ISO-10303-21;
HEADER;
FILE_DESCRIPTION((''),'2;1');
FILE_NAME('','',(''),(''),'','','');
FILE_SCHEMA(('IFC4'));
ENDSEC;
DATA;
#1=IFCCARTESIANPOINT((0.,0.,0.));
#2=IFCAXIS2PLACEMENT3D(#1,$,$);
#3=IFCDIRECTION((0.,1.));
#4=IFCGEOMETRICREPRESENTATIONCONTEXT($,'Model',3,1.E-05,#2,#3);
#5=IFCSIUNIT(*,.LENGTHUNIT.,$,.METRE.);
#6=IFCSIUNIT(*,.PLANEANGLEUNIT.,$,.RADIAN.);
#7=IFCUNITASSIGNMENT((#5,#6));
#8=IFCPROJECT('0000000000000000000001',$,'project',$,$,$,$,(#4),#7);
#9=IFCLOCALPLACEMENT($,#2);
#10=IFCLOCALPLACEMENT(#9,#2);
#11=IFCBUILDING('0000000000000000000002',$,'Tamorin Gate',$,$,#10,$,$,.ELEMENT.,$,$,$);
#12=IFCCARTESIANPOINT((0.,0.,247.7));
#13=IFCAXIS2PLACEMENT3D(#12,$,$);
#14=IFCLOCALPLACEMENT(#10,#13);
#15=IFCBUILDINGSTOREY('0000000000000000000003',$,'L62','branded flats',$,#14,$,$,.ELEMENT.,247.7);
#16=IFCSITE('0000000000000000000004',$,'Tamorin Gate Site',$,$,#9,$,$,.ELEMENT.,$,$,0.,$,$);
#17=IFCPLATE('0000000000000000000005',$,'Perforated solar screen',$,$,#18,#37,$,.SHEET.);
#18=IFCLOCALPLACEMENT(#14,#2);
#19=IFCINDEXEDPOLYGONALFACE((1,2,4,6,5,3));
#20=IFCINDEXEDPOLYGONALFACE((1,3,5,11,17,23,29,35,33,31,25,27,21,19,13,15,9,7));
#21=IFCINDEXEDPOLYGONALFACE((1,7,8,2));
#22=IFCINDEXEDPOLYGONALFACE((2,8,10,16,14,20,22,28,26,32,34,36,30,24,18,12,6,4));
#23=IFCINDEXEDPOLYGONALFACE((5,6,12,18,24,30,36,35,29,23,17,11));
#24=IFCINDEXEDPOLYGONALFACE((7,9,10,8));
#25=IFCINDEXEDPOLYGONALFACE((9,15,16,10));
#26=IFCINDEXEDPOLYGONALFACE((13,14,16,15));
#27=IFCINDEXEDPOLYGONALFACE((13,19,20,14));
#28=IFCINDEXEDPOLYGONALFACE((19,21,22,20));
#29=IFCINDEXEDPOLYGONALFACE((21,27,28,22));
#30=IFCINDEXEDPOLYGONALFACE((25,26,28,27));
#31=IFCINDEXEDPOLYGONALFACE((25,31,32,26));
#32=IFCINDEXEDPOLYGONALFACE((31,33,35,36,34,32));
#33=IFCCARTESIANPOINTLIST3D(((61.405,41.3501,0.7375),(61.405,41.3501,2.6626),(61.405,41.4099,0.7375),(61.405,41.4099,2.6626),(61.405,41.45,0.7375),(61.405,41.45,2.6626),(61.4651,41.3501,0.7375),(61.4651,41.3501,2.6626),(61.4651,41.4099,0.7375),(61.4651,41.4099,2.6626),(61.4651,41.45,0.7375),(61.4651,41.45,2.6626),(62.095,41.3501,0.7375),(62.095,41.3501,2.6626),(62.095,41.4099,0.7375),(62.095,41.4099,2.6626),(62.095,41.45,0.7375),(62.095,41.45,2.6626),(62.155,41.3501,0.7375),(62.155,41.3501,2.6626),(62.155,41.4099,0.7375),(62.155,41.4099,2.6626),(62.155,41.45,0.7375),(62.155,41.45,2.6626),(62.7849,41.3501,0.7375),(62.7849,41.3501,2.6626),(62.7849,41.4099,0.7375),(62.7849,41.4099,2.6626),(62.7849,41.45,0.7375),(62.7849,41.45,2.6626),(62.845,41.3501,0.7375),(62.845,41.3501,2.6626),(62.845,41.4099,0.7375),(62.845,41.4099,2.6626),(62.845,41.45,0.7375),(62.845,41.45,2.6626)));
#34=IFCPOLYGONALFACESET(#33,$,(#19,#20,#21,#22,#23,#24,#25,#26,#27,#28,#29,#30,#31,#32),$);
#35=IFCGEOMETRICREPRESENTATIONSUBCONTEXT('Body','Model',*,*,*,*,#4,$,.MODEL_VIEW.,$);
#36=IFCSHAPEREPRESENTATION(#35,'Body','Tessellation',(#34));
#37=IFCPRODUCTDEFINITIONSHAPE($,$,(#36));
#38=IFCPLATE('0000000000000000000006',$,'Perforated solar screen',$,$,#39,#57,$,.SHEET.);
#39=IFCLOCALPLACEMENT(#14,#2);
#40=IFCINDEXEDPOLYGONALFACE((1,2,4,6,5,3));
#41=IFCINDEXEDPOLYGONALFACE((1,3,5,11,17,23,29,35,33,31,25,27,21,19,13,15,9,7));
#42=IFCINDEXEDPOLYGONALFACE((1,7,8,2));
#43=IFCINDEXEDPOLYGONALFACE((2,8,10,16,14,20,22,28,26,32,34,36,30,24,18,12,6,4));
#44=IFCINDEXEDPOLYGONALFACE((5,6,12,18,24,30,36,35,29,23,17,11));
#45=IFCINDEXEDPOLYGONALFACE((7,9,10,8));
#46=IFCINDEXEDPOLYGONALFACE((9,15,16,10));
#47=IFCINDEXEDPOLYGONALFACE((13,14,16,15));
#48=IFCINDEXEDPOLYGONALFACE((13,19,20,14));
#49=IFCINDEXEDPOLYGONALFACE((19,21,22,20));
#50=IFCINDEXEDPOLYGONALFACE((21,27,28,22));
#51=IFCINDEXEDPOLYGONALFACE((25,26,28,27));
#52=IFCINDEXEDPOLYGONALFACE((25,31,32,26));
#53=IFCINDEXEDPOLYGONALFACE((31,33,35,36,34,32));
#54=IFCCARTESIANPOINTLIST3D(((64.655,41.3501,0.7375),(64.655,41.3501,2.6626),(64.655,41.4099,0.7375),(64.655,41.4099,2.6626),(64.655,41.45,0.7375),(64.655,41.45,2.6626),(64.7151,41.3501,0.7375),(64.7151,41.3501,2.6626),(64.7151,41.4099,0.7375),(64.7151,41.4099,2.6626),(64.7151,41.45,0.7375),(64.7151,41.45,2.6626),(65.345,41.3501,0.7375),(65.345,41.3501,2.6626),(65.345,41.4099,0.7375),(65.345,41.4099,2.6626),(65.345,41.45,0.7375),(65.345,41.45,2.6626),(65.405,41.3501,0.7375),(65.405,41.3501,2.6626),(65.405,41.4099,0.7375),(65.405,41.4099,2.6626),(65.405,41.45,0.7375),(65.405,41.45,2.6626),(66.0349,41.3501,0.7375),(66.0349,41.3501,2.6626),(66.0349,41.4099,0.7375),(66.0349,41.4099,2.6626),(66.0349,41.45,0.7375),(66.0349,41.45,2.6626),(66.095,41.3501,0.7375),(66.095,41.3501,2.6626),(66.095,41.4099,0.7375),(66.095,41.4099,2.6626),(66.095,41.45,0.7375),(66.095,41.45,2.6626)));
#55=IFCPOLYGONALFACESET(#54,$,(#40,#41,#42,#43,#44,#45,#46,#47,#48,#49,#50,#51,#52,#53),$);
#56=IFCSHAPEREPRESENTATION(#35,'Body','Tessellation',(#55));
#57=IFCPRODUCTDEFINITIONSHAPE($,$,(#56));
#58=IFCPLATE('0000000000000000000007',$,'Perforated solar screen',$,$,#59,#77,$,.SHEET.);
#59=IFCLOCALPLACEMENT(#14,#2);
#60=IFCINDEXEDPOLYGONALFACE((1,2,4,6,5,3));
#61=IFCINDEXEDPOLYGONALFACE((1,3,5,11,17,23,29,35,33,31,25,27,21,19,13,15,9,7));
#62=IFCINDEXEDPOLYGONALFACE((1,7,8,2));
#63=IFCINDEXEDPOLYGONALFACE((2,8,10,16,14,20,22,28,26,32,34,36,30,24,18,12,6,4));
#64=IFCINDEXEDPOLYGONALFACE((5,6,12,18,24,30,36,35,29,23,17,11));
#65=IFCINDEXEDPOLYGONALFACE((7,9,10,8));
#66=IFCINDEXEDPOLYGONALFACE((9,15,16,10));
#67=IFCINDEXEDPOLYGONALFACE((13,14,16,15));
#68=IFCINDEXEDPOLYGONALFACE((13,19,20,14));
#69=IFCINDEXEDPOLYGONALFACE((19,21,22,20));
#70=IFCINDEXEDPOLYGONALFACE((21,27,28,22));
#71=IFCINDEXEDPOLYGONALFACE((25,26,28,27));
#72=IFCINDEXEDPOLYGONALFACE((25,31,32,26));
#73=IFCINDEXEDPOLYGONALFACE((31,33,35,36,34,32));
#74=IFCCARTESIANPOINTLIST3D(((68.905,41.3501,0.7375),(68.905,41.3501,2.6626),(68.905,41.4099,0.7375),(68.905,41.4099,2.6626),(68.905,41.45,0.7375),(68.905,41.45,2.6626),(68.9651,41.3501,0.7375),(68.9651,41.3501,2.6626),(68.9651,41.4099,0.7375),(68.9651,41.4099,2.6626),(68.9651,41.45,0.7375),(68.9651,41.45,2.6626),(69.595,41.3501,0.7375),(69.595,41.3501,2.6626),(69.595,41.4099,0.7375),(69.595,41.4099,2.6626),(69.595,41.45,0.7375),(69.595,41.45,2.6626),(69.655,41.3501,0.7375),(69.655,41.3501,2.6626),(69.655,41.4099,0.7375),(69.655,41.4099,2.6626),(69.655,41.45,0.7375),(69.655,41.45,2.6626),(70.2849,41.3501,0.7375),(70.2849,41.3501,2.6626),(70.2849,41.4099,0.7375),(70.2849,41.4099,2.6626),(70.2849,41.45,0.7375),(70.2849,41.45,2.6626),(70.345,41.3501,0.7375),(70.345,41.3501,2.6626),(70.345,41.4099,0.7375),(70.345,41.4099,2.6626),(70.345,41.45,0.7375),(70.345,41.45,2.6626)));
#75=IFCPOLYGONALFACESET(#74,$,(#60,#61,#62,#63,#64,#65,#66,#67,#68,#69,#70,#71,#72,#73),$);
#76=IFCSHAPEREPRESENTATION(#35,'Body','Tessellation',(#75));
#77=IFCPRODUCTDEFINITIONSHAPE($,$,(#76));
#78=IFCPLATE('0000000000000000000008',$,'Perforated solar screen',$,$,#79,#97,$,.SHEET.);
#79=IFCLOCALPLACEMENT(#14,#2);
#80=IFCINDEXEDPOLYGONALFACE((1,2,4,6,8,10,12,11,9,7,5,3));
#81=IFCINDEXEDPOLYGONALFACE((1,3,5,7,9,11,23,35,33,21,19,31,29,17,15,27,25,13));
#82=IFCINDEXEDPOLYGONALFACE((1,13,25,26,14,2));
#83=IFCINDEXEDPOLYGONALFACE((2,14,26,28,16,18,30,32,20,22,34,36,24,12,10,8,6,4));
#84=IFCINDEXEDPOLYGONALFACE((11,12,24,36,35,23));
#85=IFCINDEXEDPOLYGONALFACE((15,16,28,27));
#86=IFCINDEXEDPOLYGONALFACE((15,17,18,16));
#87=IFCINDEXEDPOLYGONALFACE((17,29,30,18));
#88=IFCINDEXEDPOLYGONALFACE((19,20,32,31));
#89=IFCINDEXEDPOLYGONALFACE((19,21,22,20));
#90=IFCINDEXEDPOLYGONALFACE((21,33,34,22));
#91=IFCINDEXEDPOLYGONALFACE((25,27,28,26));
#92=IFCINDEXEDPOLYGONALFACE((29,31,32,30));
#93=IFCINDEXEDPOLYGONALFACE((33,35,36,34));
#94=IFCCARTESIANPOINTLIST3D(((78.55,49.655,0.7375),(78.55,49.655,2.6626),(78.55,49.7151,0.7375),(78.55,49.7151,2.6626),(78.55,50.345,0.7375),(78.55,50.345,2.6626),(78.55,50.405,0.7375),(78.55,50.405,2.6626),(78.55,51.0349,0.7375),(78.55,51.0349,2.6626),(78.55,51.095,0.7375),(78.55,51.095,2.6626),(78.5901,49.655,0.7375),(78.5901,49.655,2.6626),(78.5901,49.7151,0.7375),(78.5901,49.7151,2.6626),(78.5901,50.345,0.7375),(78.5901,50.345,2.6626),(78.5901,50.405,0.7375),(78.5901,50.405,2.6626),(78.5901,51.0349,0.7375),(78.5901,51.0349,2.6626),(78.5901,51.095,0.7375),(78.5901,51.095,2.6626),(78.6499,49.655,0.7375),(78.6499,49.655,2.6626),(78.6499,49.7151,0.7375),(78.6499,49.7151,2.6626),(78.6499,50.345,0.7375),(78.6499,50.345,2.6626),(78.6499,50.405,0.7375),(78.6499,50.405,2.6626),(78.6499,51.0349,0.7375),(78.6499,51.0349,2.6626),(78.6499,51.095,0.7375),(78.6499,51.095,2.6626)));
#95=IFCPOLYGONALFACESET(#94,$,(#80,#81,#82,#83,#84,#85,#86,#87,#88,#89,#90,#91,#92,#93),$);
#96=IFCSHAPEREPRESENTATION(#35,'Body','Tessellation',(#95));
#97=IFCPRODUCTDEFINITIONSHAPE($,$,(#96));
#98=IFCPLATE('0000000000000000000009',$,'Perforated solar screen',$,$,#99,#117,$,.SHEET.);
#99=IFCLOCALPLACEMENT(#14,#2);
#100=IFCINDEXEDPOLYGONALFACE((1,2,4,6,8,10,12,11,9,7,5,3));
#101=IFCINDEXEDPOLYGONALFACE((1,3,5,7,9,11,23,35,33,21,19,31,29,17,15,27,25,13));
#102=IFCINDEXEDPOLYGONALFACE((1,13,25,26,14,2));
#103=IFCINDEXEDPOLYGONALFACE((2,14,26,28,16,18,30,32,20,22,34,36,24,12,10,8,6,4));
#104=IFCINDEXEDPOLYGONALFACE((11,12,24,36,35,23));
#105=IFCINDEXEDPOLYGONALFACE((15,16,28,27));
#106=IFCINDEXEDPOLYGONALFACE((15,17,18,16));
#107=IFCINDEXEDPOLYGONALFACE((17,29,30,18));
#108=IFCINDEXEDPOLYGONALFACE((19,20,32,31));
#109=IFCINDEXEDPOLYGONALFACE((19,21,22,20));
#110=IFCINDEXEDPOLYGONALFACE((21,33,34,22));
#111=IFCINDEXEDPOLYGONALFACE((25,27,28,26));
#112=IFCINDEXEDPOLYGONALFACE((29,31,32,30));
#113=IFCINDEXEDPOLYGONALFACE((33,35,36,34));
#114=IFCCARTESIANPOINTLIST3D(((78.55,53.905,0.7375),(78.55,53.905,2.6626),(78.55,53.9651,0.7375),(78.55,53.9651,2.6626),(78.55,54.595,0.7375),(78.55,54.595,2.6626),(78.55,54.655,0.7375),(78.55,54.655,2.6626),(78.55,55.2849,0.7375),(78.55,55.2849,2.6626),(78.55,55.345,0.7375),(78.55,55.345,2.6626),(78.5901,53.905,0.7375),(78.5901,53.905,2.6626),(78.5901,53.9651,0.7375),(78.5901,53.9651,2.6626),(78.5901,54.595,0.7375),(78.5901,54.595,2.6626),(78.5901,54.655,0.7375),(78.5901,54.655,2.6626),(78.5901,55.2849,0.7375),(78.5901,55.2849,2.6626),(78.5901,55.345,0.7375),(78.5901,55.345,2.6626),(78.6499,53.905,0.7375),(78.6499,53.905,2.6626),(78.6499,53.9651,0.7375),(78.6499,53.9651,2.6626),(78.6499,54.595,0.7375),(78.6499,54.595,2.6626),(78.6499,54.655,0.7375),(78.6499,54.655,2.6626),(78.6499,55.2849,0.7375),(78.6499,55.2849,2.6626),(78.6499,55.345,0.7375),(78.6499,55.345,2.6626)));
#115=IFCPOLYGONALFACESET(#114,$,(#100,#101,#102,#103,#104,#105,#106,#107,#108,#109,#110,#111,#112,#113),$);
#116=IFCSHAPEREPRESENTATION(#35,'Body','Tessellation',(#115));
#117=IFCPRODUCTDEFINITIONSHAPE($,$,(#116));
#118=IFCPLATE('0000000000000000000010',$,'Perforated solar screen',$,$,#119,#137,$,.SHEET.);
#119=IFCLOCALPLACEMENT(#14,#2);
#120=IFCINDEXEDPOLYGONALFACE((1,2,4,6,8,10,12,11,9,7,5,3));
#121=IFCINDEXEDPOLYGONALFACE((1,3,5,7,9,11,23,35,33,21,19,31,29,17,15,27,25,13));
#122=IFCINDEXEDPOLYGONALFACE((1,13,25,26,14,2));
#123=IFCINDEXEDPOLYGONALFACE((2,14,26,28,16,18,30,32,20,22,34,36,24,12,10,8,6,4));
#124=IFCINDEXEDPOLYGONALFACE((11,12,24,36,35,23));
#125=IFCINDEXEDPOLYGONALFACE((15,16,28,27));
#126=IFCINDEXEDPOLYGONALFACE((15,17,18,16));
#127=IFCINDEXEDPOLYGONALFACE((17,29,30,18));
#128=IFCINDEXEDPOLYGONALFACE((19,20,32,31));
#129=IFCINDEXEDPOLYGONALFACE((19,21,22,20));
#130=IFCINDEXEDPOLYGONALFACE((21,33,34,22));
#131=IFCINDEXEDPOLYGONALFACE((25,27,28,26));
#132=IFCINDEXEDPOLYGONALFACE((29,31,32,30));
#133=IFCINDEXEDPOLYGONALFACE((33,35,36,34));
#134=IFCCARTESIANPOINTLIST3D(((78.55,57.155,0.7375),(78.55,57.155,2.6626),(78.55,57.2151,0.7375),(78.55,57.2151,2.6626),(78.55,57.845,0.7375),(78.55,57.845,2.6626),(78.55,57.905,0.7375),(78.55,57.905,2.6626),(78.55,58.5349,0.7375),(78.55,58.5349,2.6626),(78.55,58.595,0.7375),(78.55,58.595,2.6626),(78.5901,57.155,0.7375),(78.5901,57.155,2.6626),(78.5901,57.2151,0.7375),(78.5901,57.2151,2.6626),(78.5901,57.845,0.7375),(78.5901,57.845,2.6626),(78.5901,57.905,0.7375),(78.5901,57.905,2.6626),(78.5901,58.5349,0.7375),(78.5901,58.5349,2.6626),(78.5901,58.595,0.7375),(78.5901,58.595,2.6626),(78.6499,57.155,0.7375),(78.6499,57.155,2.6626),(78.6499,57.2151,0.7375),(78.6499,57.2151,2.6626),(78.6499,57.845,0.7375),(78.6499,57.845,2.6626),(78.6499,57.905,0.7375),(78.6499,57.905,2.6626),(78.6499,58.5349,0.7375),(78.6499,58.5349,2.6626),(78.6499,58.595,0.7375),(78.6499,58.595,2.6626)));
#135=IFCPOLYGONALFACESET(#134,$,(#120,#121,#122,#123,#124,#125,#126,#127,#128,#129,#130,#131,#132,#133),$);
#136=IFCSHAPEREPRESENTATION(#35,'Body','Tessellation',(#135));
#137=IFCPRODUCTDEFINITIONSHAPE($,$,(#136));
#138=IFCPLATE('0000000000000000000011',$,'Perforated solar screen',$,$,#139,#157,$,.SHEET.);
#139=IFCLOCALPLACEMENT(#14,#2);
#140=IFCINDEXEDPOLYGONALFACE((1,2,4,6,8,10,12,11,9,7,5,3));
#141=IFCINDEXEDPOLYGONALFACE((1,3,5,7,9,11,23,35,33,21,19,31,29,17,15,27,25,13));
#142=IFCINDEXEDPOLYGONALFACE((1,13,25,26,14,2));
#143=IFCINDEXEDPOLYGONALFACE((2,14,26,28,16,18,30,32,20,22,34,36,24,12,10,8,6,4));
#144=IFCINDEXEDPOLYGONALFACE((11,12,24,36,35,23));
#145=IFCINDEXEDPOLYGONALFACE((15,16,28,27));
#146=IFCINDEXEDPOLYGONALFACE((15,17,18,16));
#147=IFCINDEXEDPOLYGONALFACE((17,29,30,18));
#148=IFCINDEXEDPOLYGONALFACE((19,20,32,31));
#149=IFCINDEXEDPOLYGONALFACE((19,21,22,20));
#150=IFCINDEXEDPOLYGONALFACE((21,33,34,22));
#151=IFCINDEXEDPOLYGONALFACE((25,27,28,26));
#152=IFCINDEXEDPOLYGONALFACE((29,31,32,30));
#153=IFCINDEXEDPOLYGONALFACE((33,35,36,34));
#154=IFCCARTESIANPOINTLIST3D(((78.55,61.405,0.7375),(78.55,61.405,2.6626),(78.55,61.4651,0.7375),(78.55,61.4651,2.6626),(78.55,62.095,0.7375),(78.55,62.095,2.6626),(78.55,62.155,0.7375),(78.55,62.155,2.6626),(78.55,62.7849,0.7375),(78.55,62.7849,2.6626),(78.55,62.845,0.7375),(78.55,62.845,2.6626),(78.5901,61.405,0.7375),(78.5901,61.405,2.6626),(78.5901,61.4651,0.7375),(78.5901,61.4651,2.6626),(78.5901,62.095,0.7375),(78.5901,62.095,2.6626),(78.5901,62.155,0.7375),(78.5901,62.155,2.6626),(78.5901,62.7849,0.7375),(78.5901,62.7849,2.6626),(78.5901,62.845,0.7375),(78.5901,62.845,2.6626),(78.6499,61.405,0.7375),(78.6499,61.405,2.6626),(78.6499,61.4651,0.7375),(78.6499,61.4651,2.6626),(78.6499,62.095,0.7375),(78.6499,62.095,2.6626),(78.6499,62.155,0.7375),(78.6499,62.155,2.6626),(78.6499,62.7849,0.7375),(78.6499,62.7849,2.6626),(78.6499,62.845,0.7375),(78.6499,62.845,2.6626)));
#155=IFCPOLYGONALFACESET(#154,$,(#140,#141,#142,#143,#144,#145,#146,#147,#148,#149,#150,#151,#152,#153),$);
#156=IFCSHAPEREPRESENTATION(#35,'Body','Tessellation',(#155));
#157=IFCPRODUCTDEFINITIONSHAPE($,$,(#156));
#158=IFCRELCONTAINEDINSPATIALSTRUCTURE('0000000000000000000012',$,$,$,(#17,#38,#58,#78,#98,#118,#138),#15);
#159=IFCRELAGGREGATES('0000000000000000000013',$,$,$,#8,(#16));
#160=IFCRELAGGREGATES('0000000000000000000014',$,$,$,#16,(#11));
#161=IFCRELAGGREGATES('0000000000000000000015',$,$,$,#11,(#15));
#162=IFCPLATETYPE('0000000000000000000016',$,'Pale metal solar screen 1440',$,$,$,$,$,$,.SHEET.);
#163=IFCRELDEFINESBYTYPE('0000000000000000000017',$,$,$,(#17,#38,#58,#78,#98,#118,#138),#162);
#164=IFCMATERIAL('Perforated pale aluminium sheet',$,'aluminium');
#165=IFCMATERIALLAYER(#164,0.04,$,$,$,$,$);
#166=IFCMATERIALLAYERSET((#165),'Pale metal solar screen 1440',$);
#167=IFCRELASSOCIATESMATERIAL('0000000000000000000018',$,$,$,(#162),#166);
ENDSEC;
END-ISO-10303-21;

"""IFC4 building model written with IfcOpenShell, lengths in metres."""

from ifc_helpers import new_model, si_unit, direction, frame, origin, place, context, subcontext, project, spatial, polyline, outline, extrude, material, layer, layer_set, type_object, element, save


model = new_model("IFC4")

# Units and contexts
model_context = context("Model", 3, precision=1e-05, world=origin(), true_north=direction((0.0, 1.0)))
body_context = subcontext(model_context, "Body", "Model", "MODEL_VIEW")
ifc_project = project(units=[si_unit("LENGTHUNIT", "METRE"), si_unit("PLANEANGLEUNIT", "RADIAN")], contexts=[model_context])

# Site, building, storey
site_placement = place(None, origin())
site = spatial("IfcSite", under=ifc_project, at=site_placement, Name="Tamorin Gate Site", CompositionType="ELEMENT", RefElevation=0.0)
building_placement = place(site_placement, origin())
building = spatial("IfcBuilding", under=site, at=building_placement, Name="Tamorin Gate", CompositionType="ELEMENT")
storey_placement = place(building_placement, frame((0.0, 0.0, 247.7)))
storey = spatial("IfcBuildingStorey", under=building, at=storey_placement, Name="L62", Description="branded flats", CompositionType="ELEMENT", Elevation=247.7)

# Plates
ifc_material_1 = material(Name="Perforated pale aluminium sheet", Category="aluminium")
ifc_layer_1 = layer(ifc_material_1, 0.04)
ifc_layer_set_1 = layer_set([ifc_layer_1], Name="Pale metal solar screen 1440")
plate_type = type_object("IfcPlateType", Name="Pale metal solar screen 1440", PredefinedType="SHEET", material=ifc_layer_set_1)
plate_1_placement = place(storey_placement, frame((0.0, 0.0, 0.7375)))
element("IfcPlate", 1, at=plate_1_placement, inside=storey, type_object=plate_type, Name="Perforated solar screen", PredefinedType="SHEET", context=body_context, shape_type="SweptSolid", body=[
    extrude(outline(polyline([(61.405, 41.4099), (61.405, 41.45), (61.4651, 41.45), (62.095, 41.45), (62.155, 41.45), (62.7849, 41.45), (62.845, 41.45), (62.845, 41.4099), (62.845, 41.3501), (62.7849, 41.3501), (62.7849, 41.4099), (62.155, 41.4099), (62.155, 41.3501), (62.095, 41.3501), (62.095, 41.4099), (61.4651, 41.4099), (61.4651, 41.3501), (61.405, 41.3501), (61.405, 41.4099)])), origin(), (0.0, 0.0, 1.0), 1.925),
])
plate_2_placement = place(storey_placement, frame((0.0, 0.0, 0.7375)))
element("IfcPlate", 2, at=plate_2_placement, inside=storey, type_object=plate_type, Name="Perforated solar screen", PredefinedType="SHEET", context=body_context, shape_type="SweptSolid", body=[
    extrude(outline(polyline([(64.655, 41.4099), (64.655, 41.45), (64.7151, 41.45), (65.345, 41.45), (65.405, 41.45), (66.0349, 41.45), (66.095, 41.45), (66.095, 41.4099), (66.095, 41.3501), (66.0349, 41.3501), (66.0349, 41.4099), (65.405, 41.4099), (65.405, 41.3501), (65.345, 41.3501), (65.345, 41.4099), (64.7151, 41.4099), (64.7151, 41.3501), (64.655, 41.3501), (64.655, 41.4099)])), origin(), (0.0, 0.0, 1.0), 1.925),
])
plate_3_placement = place(storey_placement, frame((0.0, 0.0, 0.7375)))
element("IfcPlate", 3, at=plate_3_placement, inside=storey, type_object=plate_type, Name="Perforated solar screen", PredefinedType="SHEET", context=body_context, shape_type="SweptSolid", body=[
    extrude(outline(polyline([(68.905, 41.4099), (68.905, 41.45), (68.9651, 41.45), (69.595, 41.45), (69.655, 41.45), (70.2849, 41.45), (70.345, 41.45), (70.345, 41.4099), (70.345, 41.3501), (70.2849, 41.3501), (70.2849, 41.4099), (69.655, 41.4099), (69.655, 41.3501), (69.595, 41.3501), (69.595, 41.4099), (68.9651, 41.4099), (68.9651, 41.3501), (68.905, 41.3501), (68.905, 41.4099)])), origin(), (0.0, 0.0, 1.0), 1.925),
])
plate_4_placement = place(storey_placement, frame((0.0, 0.0, 0.7375)))
element("IfcPlate", 4, at=plate_4_placement, inside=storey, type_object=plate_type, Name="Perforated solar screen", PredefinedType="SHEET", context=body_context, shape_type="SweptSolid", body=[
    extrude(outline(polyline([(78.5901, 49.655), (78.55, 49.655), (78.55, 49.7151), (78.55, 50.345), (78.55, 50.405), (78.55, 51.0349), (78.55, 51.095), (78.55, 51.095), (78.5901, 51.095), (78.5901, 51.095), (78.6499, 51.095), (78.6499, 51.0349), (78.5901, 51.0349), (78.5901, 50.405), (78.6499, 50.405), (78.6499, 50.345), (78.5901, 50.345), (78.5901, 49.7151), (78.6499, 49.7151), (78.6499, 49.655), (78.5901, 49.655)])), origin(), (0.0, 0.0, 1.0), 1.925),
])
plate_5_placement = place(storey_placement, frame((0.0, 0.0, 0.7375)))
element("IfcPlate", 5, at=plate_5_placement, inside=storey, type_object=plate_type, Name="Perforated solar screen", PredefinedType="SHEET", context=body_context, shape_type="SweptSolid", body=[
    extrude(outline(polyline([(78.5901, 53.905), (78.55, 53.905), (78.55, 53.9651), (78.55, 54.595), (78.55, 54.655), (78.55, 55.2849), (78.55, 55.345), (78.5901, 55.345), (78.6499, 55.345), (78.6499, 55.2849), (78.5901, 55.2849), (78.5901, 54.655), (78.6499, 54.655), (78.6499, 54.595), (78.5901, 54.595), (78.5901, 53.9651), (78.6499, 53.9651), (78.6499, 53.905), (78.5901, 53.905)])), origin(), (0.0, 0.0, 1.0), 1.925),
])
plate_6_placement = place(storey_placement, frame((0.0, 0.0, 0.7375)))
element("IfcPlate", 6, at=plate_6_placement, inside=storey, type_object=plate_type, Name="Perforated solar screen", PredefinedType="SHEET", context=body_context, shape_type="SweptSolid", body=[
    extrude(outline(polyline([(78.5901, 57.155), (78.55, 57.155), (78.55, 57.2151), (78.55, 57.845), (78.55, 57.905), (78.55, 58.5349), (78.55, 58.595), (78.5901, 58.595), (78.6499, 58.595), (78.6499, 58.5349), (78.5901, 58.5349), (78.5901, 57.905), (78.6499, 57.905), (78.6499, 57.845), (78.5901, 57.845), (78.5901, 57.2151), (78.6499, 57.2151), (78.6499, 57.155), (78.5901, 57.155)])), origin(), (0.0, 0.0, 1.0), 1.925),
])
plate_7_placement = place(storey_placement, frame((0.0, 0.0, 0.7375)))
element("IfcPlate", 7, at=plate_7_placement, inside=storey, type_object=plate_type, Name="Perforated solar screen", PredefinedType="SHEET", context=body_context, shape_type="SweptSolid", body=[
    extrude(outline(polyline([(78.5901, 61.405), (78.55, 61.405), (78.55, 61.4651), (78.55, 62.095), (78.55, 62.155), (78.55, 62.7849), (78.55, 62.845), (78.5901, 62.845), (78.6499, 62.845), (78.6499, 62.7849), (78.5901, 62.7849), (78.5901, 62.155), (78.6499, 62.155), (78.6499, 62.095), (78.5901, 62.095), (78.5901, 61.4651), (78.6499, 61.4651), (78.6499, 61.405), (78.5901, 61.405)])), origin(), (0.0, 0.0, 1.0), 1.925),
])

save(model, "model.ifc")
